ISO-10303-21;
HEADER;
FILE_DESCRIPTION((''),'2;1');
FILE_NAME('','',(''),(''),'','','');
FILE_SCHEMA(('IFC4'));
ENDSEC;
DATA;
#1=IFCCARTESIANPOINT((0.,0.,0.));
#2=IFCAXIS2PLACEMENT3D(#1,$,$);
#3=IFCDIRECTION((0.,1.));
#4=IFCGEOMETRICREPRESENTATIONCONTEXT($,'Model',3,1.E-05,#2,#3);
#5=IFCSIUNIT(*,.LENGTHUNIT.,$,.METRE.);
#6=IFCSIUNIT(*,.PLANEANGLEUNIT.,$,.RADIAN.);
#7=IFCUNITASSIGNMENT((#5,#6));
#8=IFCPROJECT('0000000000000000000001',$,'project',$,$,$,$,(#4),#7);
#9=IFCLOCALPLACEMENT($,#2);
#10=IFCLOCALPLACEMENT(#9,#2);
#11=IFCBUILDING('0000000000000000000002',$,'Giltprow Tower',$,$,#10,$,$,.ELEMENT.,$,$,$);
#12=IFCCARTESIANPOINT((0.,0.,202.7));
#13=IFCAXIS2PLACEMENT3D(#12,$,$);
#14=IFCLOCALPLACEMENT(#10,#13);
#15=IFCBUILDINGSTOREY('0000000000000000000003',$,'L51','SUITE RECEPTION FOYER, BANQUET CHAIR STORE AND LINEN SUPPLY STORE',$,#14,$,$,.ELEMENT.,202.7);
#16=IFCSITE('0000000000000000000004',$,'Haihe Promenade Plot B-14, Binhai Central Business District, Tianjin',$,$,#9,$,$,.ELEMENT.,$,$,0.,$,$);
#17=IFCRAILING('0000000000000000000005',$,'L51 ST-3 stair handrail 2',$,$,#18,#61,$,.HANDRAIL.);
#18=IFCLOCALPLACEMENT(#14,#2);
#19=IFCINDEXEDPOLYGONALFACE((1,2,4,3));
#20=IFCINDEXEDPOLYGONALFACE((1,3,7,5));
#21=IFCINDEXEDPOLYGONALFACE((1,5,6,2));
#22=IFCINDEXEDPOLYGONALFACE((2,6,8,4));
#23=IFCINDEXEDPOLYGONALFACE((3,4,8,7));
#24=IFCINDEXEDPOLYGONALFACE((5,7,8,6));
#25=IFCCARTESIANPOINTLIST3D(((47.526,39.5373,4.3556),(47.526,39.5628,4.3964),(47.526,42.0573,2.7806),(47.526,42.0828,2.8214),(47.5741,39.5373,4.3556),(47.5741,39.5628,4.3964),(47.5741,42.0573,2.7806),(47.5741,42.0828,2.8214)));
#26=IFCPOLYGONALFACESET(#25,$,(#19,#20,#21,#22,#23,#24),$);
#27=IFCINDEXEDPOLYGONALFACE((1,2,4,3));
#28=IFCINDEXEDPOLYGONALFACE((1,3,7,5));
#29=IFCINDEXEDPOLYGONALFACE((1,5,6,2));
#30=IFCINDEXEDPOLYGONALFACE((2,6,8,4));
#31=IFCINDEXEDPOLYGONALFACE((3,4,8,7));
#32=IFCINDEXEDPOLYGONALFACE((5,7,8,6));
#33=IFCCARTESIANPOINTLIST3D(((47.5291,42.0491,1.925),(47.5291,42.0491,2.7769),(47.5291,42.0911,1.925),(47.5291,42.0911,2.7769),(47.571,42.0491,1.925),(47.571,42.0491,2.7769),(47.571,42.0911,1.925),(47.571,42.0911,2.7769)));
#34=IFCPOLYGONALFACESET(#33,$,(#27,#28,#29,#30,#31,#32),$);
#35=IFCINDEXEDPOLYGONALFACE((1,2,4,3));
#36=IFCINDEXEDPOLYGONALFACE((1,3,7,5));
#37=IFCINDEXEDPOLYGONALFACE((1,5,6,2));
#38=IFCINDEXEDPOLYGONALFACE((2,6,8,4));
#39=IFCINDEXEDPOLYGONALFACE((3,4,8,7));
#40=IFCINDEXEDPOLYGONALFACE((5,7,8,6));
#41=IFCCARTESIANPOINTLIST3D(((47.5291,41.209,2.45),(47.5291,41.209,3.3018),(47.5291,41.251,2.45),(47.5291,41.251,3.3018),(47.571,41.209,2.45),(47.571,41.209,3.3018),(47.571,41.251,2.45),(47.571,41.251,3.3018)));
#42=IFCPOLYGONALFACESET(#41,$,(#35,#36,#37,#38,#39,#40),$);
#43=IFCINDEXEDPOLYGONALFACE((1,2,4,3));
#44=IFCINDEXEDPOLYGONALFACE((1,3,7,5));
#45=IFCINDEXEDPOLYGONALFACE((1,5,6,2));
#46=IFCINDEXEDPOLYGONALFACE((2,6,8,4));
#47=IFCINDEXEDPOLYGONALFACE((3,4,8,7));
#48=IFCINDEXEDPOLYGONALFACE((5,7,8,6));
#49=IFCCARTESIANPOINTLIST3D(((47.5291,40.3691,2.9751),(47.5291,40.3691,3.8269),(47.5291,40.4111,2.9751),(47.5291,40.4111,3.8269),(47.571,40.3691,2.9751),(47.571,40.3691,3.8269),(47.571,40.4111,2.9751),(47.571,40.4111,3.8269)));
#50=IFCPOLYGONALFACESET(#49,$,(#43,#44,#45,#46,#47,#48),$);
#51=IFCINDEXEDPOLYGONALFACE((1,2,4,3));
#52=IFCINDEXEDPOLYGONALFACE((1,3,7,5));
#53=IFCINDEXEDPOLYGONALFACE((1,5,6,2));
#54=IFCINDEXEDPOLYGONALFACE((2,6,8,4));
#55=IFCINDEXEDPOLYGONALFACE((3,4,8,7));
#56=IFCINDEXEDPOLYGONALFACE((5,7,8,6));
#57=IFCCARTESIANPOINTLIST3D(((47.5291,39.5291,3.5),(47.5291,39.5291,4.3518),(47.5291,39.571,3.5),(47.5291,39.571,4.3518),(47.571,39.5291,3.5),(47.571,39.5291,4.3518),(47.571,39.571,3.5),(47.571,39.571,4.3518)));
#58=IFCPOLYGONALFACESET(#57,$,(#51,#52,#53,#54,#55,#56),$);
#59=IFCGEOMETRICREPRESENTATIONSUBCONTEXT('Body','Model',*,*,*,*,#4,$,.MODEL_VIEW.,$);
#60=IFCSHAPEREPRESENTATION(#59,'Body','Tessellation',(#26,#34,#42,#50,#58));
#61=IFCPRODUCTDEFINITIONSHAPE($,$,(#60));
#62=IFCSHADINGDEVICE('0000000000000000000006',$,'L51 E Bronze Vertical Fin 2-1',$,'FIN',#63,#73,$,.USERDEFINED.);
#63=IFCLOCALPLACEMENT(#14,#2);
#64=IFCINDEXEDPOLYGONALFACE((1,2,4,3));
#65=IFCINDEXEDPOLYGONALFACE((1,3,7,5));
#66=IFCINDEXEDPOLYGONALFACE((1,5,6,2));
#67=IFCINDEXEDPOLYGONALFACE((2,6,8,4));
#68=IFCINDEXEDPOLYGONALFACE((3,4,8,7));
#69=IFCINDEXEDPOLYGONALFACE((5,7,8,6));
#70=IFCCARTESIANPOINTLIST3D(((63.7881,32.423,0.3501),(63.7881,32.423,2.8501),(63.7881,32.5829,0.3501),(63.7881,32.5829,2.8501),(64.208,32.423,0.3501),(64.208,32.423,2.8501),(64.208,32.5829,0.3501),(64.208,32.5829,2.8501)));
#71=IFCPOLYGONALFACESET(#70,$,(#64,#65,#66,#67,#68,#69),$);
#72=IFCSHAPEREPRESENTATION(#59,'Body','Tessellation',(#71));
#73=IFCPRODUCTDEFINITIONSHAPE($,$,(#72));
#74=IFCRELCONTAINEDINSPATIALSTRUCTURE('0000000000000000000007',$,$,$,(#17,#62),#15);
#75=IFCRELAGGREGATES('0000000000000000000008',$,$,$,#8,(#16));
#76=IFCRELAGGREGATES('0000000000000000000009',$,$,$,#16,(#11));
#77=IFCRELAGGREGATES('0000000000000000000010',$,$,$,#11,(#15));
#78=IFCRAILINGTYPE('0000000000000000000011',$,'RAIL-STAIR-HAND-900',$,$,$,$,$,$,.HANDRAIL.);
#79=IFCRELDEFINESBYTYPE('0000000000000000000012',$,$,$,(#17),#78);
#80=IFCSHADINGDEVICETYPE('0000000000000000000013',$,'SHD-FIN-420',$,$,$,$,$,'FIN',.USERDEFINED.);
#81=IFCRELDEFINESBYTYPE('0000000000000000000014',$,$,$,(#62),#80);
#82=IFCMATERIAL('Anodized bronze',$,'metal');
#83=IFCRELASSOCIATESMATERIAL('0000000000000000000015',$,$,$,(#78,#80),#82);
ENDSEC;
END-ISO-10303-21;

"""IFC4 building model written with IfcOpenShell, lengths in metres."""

from ifc_helpers import new_model, si_unit, direction, frame, origin, origin_2d, place, context, subcontext, project, spatial, rectangle, extrude, source, transform, mapped, material, type_object, element, save


model = new_model("IFC4")

# Units and contexts
model_context = context("Model", 3, precision=1e-05, world=origin(), true_north=direction((0.0, 1.0)))
body_context = subcontext(model_context, "Body", "Model", "MODEL_VIEW")
ifc_project = project(units=[si_unit("LENGTHUNIT", "METRE"), si_unit("PLANEANGLEUNIT", "RADIAN")], contexts=[model_context])

# Site, building, storey
site_placement = place(None, origin())
site = spatial("IfcSite", under=ifc_project, at=site_placement, Name="Haihe Promenade Plot B-14, Binhai Central Business District, Tianjin", CompositionType="ELEMENT", RefElevation=0.0)
building_placement = place(site_placement, origin())
building = spatial("IfcBuilding", under=site, at=building_placement, Name="Giltprow Tower", CompositionType="ELEMENT")
storey_placement = place(building_placement, frame((0.0, 0.0, 202.7)))
storey = spatial("IfcBuildingStorey", under=building, at=storey_placement, Name="L51", Description="SUITE RECEPTION FOYER, BANQUET CHAIR STORE AND LINEN SUPPLY STORE", CompositionType="ELEMENT", Elevation=202.7)

# Railing
ifc_material_1 = material(Name="Anodized bronze", Category="metal")
railing_type_1 = type_object("IfcRailingType", Name="RAIL-STAIR-HAND-900", PredefinedType="HANDRAIL", material=ifc_material_1)
railing_1_placement = place(storey_placement, frame((47.55, 42.0701, 1.925)))
element("IfcRailing", 1, at=railing_1_placement, inside=storey, type_object=railing_type_1, Name="L51 ST-3 stair handrail 2", PredefinedType="HANDRAIL", context=body_context, shape_type="SweptSolid", body=[
    extrude(rectangle(XDim=0.0481, YDim=0.0481, at=origin_2d()), frame((0.0, 0.0, 0.876), z_axis=(0.0, -0.848008, 0.529984), x_axis=(1.0, 0.0, 0.0)), (0.0, 0.0, 1.0), 2.9717),
    extrude(rectangle(XDim=0.042, YDim=0.042, at=origin_2d()), origin(), (0.0, 0.0, 1.0), 0.8518),
    extrude(rectangle(XDim=0.042, YDim=0.042, at=origin_2d()), frame((0.0, -0.8401, 0.5249)), (0.0, 0.0, 1.0), 0.8518),
    extrude(rectangle(XDim=0.042, YDim=0.042, at=origin_2d()), frame((0.0, -1.6799, 1.05)), (0.0, 0.0, 1.0), 0.8518),
    extrude(rectangle(XDim=0.042, YDim=0.042, at=origin_2d()), frame((0.0, -2.52, 1.575)), (0.0, 0.0, 1.0), 0.8518),
])

# Shading device
shading_device_type = type_object("IfcShadingDeviceType", Name="SHD-FIN-420", ElementType="FIN", PredefinedType="USERDEFINED", material=ifc_material_1)
shared_shape_1 = source(origin(), body_context, "Body", "SweptSolid", [
    extrude(rectangle(XDim=0.4199, YDim=0.1599, at=origin_2d()), origin(), (0.0, 0.0, 1.0), 2.5),
])
shading_device_placement = place(storey_placement, frame((63.998, 32.5029, 0.3501), z_axis=(0.0, 0.0, 1.0), x_axis=(1.0, 0.0, 0.0)))
element("IfcShadingDevice", 2, at=shading_device_placement, inside=storey, type_object=shading_device_type, Name="L51 E Bronze Vertical Fin 2-1", ObjectType="FIN", PredefinedType="USERDEFINED", context=body_context, shape_type="MappedRepresentation", body=[
    mapped(shared_shape_1, transform((0.0, 0.0, 0.0), x_axis=(1.0, 0.0, 0.0), y_axis=(0.0, 1.0, 0.0), z_axis=(0.0, 0.0, 1.0), scale=1.0)),
])

save(model, "model.ifc")
